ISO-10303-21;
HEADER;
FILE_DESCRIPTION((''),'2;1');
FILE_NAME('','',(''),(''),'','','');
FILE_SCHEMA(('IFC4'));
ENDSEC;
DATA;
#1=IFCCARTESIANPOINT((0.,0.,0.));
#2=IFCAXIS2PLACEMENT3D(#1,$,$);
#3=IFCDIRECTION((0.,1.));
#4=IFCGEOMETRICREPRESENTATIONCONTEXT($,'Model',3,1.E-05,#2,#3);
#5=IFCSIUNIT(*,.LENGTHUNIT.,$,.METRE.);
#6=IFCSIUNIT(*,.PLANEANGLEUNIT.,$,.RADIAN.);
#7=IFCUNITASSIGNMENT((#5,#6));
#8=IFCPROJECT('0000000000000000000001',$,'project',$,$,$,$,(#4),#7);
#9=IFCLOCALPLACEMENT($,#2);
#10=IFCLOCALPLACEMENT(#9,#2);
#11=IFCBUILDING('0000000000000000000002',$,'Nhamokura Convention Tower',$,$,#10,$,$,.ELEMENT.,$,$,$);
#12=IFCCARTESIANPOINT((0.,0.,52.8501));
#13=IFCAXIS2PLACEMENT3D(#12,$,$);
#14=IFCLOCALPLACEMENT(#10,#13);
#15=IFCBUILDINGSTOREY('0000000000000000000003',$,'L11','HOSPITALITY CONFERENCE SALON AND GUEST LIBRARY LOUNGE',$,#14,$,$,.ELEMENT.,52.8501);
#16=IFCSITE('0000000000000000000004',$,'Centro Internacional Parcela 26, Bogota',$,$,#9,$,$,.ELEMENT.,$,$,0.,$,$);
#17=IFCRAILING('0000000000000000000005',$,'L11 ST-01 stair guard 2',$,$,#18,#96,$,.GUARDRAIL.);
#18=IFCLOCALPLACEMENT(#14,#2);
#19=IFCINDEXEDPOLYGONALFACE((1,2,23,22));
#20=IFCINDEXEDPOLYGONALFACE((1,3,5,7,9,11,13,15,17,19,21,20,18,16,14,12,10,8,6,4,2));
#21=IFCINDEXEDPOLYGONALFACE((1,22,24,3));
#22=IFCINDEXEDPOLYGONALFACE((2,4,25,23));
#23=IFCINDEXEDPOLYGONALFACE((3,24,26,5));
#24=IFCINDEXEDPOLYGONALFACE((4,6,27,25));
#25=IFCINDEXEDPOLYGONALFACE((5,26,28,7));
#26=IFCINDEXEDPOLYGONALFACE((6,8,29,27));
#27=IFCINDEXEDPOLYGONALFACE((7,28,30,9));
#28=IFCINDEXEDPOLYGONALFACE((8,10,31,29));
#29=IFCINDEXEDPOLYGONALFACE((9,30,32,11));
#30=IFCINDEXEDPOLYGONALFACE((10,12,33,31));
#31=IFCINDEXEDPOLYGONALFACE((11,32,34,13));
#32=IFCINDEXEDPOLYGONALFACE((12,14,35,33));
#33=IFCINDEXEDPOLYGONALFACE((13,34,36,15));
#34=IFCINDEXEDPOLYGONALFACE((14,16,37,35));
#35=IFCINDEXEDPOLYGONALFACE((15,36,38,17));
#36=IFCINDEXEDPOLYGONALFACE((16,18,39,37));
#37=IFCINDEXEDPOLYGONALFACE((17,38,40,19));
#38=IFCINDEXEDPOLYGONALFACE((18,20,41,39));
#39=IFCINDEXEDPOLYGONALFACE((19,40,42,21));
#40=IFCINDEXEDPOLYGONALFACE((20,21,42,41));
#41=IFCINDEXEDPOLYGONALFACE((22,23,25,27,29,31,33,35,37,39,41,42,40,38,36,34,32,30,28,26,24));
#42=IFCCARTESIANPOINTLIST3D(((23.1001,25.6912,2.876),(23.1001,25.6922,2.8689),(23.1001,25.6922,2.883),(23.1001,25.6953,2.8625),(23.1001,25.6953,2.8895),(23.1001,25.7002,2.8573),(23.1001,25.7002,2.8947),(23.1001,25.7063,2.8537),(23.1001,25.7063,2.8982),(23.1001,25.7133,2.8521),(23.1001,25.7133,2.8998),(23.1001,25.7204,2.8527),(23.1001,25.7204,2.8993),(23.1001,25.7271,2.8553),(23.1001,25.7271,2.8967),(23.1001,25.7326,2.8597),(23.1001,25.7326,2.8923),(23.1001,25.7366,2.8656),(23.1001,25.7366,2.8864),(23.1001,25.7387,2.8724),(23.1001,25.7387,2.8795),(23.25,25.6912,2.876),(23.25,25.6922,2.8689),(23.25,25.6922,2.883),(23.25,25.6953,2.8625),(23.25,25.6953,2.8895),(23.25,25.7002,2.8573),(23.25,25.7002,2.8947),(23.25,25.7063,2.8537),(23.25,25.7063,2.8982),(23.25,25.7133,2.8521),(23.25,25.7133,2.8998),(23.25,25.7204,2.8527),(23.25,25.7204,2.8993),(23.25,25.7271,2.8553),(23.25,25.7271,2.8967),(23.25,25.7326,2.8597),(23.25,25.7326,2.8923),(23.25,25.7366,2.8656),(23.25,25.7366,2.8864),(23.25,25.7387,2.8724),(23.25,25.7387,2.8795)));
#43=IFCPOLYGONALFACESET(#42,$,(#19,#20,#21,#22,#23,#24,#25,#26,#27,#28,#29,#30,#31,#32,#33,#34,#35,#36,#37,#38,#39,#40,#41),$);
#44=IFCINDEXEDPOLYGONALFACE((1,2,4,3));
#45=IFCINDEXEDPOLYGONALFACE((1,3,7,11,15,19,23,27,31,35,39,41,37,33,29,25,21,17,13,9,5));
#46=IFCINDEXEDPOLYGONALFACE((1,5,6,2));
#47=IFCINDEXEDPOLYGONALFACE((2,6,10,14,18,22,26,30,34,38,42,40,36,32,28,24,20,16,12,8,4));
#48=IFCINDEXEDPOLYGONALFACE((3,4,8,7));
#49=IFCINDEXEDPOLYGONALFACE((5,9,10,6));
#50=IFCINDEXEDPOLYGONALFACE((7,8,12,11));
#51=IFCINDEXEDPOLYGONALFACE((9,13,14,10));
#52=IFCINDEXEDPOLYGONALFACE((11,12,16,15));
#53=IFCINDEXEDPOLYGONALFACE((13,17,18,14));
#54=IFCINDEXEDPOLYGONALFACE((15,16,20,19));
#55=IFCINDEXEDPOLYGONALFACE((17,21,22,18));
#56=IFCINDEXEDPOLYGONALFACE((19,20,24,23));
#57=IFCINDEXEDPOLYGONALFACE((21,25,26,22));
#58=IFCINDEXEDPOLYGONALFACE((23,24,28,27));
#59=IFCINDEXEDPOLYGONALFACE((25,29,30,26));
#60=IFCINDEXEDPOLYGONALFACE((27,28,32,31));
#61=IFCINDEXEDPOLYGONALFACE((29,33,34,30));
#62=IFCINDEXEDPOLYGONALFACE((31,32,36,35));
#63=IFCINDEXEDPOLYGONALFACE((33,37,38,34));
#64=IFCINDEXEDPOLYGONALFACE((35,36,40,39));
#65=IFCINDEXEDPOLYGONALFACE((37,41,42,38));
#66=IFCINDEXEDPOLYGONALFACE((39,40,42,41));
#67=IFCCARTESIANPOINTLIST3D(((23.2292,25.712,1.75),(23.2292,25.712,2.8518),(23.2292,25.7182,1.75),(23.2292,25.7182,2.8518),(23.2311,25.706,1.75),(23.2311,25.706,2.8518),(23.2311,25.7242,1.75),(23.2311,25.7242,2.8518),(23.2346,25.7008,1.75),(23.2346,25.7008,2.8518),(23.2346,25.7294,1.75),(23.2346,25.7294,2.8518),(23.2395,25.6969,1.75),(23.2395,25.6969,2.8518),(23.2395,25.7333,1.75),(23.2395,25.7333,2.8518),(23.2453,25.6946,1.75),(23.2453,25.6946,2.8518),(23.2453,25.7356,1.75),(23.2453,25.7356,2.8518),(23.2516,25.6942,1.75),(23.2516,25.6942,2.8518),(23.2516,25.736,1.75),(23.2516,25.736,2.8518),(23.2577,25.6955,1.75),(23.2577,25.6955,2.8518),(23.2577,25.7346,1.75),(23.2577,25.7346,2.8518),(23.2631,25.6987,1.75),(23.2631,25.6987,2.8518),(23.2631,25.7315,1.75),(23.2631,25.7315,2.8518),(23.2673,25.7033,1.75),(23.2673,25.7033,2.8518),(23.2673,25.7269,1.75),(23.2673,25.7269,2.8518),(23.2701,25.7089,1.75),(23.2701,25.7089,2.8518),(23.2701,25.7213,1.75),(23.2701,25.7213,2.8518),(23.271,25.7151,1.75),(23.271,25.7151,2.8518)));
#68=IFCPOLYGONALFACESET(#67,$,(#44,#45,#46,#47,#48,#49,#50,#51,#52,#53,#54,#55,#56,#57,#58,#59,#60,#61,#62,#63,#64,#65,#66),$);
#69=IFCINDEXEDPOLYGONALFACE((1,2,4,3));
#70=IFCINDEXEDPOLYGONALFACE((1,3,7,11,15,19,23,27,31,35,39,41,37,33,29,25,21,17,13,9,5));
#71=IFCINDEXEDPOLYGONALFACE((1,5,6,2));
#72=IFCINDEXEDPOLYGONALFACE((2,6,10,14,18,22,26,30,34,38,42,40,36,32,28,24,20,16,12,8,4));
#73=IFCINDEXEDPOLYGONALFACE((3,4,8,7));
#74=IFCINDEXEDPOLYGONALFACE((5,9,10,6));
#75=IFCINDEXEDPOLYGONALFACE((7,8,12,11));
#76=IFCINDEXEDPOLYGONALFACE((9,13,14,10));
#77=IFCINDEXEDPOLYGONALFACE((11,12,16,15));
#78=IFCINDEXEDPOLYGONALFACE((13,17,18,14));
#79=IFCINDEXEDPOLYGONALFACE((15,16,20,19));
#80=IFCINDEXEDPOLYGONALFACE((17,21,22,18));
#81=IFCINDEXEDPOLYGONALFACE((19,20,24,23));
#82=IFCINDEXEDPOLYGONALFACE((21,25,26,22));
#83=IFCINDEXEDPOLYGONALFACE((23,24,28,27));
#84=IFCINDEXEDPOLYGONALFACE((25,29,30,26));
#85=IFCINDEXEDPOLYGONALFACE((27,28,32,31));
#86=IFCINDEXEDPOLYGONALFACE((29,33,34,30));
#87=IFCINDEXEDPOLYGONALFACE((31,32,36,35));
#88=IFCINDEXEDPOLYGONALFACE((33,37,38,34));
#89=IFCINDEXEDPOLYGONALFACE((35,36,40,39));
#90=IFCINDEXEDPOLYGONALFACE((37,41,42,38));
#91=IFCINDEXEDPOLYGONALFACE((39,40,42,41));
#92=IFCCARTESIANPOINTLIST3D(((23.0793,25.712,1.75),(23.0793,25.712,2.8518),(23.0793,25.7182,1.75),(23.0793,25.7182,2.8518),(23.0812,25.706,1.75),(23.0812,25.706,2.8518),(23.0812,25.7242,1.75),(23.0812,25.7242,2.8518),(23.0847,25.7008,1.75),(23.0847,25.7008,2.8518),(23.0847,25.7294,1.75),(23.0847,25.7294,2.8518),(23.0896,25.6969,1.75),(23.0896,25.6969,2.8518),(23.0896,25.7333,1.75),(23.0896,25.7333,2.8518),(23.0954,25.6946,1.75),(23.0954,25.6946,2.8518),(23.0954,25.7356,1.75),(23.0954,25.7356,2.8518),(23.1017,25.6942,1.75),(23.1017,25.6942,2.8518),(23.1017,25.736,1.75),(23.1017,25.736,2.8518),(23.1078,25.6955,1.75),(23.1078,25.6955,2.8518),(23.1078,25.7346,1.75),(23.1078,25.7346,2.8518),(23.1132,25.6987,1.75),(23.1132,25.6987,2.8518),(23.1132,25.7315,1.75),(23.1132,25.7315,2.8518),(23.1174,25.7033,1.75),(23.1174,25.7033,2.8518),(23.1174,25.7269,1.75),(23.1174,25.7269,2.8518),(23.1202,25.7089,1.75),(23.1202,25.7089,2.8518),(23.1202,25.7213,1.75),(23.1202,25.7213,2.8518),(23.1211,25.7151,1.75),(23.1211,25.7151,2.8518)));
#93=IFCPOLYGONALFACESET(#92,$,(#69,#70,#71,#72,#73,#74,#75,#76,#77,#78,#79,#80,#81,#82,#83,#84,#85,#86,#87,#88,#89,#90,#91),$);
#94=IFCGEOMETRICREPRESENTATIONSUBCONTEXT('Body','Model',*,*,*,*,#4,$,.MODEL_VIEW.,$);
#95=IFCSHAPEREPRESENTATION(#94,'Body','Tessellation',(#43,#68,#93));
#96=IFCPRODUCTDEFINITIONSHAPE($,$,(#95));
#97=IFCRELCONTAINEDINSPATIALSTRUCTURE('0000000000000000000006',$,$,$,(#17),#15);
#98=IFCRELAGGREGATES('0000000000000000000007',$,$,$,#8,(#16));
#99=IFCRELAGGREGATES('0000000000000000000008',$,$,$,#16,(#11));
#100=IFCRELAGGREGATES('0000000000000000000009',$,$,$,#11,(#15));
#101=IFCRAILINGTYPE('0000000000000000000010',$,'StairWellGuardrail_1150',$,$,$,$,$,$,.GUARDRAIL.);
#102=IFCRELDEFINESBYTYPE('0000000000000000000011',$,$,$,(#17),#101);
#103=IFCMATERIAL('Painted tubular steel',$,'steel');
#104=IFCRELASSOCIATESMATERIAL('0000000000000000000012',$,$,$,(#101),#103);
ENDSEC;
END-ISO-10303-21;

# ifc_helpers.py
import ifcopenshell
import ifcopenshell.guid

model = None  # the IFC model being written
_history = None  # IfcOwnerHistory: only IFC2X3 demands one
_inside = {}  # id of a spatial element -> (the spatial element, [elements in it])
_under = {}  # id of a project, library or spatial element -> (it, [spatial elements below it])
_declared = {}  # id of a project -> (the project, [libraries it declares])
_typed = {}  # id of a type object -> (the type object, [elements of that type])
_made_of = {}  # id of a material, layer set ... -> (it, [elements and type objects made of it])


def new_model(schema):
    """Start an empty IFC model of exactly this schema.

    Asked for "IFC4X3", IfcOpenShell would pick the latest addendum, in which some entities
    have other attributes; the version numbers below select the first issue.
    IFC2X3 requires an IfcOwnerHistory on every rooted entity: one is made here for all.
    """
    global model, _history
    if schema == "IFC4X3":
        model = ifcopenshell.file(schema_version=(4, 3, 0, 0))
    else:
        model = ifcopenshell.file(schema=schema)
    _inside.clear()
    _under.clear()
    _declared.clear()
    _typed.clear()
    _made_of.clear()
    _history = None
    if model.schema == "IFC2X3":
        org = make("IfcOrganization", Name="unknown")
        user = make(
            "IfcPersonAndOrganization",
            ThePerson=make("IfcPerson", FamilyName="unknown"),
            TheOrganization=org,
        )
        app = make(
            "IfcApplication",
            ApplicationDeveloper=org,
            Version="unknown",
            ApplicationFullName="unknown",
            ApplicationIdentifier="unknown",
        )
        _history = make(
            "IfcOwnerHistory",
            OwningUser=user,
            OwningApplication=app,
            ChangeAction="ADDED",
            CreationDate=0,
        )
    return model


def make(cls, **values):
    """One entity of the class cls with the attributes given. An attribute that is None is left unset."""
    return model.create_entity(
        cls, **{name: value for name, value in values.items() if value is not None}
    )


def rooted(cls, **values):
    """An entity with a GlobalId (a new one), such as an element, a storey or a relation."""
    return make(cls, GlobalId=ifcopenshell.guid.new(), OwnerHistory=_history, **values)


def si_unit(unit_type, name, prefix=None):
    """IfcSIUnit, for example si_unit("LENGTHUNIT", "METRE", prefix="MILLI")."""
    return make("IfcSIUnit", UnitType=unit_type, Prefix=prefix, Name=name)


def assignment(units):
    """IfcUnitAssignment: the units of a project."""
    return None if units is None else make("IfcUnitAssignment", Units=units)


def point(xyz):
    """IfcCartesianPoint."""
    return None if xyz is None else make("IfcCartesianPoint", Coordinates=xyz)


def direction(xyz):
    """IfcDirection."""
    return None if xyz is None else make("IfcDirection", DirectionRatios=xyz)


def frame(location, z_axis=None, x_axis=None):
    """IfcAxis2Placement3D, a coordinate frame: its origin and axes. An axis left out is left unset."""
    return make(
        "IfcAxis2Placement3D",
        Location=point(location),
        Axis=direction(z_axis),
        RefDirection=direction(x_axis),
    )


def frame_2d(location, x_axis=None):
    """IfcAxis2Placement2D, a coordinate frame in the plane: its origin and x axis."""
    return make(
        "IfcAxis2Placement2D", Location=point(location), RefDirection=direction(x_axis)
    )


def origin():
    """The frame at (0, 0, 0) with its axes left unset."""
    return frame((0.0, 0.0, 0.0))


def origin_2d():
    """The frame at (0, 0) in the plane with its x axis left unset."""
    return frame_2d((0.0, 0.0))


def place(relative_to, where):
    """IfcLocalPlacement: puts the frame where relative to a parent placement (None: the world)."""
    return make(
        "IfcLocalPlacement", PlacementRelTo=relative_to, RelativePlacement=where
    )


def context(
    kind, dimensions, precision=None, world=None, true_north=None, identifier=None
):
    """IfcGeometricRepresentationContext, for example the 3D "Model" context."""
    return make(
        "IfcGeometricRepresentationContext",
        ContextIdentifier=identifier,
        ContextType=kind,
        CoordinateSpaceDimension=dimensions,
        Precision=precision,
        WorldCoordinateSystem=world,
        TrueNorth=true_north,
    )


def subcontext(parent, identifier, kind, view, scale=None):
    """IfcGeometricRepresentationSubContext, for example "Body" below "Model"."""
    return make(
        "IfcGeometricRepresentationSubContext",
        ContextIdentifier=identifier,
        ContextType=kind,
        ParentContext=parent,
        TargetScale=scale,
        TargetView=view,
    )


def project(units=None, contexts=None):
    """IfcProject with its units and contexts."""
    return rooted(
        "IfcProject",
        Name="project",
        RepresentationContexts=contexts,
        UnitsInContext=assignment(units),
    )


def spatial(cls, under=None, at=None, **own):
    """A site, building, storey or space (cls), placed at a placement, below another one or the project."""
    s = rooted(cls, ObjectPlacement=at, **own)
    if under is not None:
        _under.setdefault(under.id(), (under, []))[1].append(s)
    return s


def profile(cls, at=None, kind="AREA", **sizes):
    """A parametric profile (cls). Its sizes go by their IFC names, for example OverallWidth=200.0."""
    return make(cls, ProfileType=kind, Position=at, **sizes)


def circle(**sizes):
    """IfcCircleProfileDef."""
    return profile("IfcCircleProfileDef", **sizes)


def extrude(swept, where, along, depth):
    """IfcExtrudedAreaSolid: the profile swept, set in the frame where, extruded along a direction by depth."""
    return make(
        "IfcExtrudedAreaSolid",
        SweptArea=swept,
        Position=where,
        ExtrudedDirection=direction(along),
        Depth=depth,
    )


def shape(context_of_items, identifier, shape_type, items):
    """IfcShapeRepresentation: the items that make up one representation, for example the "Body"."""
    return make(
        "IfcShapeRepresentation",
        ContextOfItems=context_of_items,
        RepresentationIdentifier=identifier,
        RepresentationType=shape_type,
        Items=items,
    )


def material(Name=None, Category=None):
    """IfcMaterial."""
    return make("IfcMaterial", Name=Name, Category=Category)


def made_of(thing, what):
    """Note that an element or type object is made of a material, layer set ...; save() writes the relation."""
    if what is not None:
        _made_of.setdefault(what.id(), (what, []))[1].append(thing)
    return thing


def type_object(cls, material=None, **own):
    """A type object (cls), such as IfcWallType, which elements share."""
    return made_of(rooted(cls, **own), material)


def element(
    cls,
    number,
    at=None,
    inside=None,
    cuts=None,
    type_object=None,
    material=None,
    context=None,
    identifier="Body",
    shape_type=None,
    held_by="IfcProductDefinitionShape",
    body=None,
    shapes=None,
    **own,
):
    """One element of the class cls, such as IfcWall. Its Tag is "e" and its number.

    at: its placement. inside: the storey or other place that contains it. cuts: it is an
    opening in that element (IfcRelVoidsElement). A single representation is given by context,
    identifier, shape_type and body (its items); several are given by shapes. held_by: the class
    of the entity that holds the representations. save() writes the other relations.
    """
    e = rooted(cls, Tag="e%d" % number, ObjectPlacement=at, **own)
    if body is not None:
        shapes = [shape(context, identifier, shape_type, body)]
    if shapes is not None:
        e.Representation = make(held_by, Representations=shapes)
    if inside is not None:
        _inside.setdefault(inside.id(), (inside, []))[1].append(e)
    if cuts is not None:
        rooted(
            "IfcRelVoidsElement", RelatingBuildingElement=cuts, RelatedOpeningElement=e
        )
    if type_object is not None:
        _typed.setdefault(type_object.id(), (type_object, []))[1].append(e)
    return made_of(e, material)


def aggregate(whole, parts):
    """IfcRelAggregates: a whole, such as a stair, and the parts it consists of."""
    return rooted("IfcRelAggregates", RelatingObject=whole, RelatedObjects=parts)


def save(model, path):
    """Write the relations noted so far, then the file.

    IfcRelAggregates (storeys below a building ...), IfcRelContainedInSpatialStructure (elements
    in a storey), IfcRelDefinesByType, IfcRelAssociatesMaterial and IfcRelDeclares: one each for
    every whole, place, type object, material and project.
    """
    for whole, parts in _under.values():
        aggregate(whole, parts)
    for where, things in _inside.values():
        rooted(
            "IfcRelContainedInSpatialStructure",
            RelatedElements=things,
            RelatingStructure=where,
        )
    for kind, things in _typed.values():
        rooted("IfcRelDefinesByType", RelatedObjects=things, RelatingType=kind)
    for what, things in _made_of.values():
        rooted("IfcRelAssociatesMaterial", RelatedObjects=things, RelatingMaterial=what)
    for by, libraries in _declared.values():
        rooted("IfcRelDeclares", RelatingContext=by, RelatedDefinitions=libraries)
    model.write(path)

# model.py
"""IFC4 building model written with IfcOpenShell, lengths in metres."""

from ifc_helpers import new_model, si_unit, direction, frame, origin, origin_2d, place, context, subcontext, project, spatial, circle, extrude, material, type_object, element, save


model = new_model("IFC4")

# Units and contexts
model_context = context("Model", 3, precision=1e-05, world=origin(), true_north=direction((0.0, 1.0)))
body_context = subcontext(model_context, "Body", "Model", "MODEL_VIEW")
ifc_project = project(units=[si_unit("LENGTHUNIT", "METRE"), si_unit("PLANEANGLEUNIT", "RADIAN")], contexts=[model_context])

# Site, building, storey
site_placement = place(None, origin())
site = spatial("IfcSite", under=ifc_project, at=site_placement, Name="Centro Internacional Parcela 26, Bogota", CompositionType="ELEMENT", RefElevation=0.0)
building_placement = place(site_placement, origin())
building = spatial("IfcBuilding", under=site, at=building_placement, Name="Nhamokura Convention Tower", CompositionType="ELEMENT")
storey_placement = place(building_placement, frame((0.0, 0.0, 52.8501)))
storey = spatial("IfcBuildingStorey", under=building, at=storey_placement, Name="L11", Description="HOSPITALITY CONFERENCE SALON AND GUEST LIBRARY LOUNGE", CompositionType="ELEMENT", Elevation=52.8501)

# Railing
ifc_material_1 = material(Name="Painted tubular steel", Category="steel")
railing_type_1 = type_object("IfcRailingType", Name="StairWellGuardrail_1150", PredefinedType="GUARDRAIL", material=ifc_material_1)
railing_1_placement = place(storey_placement, frame((23.25, 25.7151, 1.75)))
element("IfcRailing", 1, at=railing_1_placement, inside=storey, type_object=railing_type_1, Name="L11 ST-01 stair guard 2", PredefinedType="GUARDRAIL", context=body_context, shape_type="SweptSolid", body=[
    extrude(circle(Radius=0.0239, at=origin_2d()), frame((0.0, 0.0, 1.126), z_axis=(-1.0, 0.0, 0.0), x_axis=(0.0, -1.0, 0.0)), (0.0, 0.0, 1.0), 0.1499),
    extrude(circle(Radius=0.021, at=origin_2d()), origin(), (0.0, 0.0, 1.0), 1.1018),
    extrude(circle(Radius=0.021, at=origin_2d()), frame((-0.1499, 0.0, 0.0)), (0.0, 0.0, 1.0), 1.1018),
])

save(model, "model.ifc")
